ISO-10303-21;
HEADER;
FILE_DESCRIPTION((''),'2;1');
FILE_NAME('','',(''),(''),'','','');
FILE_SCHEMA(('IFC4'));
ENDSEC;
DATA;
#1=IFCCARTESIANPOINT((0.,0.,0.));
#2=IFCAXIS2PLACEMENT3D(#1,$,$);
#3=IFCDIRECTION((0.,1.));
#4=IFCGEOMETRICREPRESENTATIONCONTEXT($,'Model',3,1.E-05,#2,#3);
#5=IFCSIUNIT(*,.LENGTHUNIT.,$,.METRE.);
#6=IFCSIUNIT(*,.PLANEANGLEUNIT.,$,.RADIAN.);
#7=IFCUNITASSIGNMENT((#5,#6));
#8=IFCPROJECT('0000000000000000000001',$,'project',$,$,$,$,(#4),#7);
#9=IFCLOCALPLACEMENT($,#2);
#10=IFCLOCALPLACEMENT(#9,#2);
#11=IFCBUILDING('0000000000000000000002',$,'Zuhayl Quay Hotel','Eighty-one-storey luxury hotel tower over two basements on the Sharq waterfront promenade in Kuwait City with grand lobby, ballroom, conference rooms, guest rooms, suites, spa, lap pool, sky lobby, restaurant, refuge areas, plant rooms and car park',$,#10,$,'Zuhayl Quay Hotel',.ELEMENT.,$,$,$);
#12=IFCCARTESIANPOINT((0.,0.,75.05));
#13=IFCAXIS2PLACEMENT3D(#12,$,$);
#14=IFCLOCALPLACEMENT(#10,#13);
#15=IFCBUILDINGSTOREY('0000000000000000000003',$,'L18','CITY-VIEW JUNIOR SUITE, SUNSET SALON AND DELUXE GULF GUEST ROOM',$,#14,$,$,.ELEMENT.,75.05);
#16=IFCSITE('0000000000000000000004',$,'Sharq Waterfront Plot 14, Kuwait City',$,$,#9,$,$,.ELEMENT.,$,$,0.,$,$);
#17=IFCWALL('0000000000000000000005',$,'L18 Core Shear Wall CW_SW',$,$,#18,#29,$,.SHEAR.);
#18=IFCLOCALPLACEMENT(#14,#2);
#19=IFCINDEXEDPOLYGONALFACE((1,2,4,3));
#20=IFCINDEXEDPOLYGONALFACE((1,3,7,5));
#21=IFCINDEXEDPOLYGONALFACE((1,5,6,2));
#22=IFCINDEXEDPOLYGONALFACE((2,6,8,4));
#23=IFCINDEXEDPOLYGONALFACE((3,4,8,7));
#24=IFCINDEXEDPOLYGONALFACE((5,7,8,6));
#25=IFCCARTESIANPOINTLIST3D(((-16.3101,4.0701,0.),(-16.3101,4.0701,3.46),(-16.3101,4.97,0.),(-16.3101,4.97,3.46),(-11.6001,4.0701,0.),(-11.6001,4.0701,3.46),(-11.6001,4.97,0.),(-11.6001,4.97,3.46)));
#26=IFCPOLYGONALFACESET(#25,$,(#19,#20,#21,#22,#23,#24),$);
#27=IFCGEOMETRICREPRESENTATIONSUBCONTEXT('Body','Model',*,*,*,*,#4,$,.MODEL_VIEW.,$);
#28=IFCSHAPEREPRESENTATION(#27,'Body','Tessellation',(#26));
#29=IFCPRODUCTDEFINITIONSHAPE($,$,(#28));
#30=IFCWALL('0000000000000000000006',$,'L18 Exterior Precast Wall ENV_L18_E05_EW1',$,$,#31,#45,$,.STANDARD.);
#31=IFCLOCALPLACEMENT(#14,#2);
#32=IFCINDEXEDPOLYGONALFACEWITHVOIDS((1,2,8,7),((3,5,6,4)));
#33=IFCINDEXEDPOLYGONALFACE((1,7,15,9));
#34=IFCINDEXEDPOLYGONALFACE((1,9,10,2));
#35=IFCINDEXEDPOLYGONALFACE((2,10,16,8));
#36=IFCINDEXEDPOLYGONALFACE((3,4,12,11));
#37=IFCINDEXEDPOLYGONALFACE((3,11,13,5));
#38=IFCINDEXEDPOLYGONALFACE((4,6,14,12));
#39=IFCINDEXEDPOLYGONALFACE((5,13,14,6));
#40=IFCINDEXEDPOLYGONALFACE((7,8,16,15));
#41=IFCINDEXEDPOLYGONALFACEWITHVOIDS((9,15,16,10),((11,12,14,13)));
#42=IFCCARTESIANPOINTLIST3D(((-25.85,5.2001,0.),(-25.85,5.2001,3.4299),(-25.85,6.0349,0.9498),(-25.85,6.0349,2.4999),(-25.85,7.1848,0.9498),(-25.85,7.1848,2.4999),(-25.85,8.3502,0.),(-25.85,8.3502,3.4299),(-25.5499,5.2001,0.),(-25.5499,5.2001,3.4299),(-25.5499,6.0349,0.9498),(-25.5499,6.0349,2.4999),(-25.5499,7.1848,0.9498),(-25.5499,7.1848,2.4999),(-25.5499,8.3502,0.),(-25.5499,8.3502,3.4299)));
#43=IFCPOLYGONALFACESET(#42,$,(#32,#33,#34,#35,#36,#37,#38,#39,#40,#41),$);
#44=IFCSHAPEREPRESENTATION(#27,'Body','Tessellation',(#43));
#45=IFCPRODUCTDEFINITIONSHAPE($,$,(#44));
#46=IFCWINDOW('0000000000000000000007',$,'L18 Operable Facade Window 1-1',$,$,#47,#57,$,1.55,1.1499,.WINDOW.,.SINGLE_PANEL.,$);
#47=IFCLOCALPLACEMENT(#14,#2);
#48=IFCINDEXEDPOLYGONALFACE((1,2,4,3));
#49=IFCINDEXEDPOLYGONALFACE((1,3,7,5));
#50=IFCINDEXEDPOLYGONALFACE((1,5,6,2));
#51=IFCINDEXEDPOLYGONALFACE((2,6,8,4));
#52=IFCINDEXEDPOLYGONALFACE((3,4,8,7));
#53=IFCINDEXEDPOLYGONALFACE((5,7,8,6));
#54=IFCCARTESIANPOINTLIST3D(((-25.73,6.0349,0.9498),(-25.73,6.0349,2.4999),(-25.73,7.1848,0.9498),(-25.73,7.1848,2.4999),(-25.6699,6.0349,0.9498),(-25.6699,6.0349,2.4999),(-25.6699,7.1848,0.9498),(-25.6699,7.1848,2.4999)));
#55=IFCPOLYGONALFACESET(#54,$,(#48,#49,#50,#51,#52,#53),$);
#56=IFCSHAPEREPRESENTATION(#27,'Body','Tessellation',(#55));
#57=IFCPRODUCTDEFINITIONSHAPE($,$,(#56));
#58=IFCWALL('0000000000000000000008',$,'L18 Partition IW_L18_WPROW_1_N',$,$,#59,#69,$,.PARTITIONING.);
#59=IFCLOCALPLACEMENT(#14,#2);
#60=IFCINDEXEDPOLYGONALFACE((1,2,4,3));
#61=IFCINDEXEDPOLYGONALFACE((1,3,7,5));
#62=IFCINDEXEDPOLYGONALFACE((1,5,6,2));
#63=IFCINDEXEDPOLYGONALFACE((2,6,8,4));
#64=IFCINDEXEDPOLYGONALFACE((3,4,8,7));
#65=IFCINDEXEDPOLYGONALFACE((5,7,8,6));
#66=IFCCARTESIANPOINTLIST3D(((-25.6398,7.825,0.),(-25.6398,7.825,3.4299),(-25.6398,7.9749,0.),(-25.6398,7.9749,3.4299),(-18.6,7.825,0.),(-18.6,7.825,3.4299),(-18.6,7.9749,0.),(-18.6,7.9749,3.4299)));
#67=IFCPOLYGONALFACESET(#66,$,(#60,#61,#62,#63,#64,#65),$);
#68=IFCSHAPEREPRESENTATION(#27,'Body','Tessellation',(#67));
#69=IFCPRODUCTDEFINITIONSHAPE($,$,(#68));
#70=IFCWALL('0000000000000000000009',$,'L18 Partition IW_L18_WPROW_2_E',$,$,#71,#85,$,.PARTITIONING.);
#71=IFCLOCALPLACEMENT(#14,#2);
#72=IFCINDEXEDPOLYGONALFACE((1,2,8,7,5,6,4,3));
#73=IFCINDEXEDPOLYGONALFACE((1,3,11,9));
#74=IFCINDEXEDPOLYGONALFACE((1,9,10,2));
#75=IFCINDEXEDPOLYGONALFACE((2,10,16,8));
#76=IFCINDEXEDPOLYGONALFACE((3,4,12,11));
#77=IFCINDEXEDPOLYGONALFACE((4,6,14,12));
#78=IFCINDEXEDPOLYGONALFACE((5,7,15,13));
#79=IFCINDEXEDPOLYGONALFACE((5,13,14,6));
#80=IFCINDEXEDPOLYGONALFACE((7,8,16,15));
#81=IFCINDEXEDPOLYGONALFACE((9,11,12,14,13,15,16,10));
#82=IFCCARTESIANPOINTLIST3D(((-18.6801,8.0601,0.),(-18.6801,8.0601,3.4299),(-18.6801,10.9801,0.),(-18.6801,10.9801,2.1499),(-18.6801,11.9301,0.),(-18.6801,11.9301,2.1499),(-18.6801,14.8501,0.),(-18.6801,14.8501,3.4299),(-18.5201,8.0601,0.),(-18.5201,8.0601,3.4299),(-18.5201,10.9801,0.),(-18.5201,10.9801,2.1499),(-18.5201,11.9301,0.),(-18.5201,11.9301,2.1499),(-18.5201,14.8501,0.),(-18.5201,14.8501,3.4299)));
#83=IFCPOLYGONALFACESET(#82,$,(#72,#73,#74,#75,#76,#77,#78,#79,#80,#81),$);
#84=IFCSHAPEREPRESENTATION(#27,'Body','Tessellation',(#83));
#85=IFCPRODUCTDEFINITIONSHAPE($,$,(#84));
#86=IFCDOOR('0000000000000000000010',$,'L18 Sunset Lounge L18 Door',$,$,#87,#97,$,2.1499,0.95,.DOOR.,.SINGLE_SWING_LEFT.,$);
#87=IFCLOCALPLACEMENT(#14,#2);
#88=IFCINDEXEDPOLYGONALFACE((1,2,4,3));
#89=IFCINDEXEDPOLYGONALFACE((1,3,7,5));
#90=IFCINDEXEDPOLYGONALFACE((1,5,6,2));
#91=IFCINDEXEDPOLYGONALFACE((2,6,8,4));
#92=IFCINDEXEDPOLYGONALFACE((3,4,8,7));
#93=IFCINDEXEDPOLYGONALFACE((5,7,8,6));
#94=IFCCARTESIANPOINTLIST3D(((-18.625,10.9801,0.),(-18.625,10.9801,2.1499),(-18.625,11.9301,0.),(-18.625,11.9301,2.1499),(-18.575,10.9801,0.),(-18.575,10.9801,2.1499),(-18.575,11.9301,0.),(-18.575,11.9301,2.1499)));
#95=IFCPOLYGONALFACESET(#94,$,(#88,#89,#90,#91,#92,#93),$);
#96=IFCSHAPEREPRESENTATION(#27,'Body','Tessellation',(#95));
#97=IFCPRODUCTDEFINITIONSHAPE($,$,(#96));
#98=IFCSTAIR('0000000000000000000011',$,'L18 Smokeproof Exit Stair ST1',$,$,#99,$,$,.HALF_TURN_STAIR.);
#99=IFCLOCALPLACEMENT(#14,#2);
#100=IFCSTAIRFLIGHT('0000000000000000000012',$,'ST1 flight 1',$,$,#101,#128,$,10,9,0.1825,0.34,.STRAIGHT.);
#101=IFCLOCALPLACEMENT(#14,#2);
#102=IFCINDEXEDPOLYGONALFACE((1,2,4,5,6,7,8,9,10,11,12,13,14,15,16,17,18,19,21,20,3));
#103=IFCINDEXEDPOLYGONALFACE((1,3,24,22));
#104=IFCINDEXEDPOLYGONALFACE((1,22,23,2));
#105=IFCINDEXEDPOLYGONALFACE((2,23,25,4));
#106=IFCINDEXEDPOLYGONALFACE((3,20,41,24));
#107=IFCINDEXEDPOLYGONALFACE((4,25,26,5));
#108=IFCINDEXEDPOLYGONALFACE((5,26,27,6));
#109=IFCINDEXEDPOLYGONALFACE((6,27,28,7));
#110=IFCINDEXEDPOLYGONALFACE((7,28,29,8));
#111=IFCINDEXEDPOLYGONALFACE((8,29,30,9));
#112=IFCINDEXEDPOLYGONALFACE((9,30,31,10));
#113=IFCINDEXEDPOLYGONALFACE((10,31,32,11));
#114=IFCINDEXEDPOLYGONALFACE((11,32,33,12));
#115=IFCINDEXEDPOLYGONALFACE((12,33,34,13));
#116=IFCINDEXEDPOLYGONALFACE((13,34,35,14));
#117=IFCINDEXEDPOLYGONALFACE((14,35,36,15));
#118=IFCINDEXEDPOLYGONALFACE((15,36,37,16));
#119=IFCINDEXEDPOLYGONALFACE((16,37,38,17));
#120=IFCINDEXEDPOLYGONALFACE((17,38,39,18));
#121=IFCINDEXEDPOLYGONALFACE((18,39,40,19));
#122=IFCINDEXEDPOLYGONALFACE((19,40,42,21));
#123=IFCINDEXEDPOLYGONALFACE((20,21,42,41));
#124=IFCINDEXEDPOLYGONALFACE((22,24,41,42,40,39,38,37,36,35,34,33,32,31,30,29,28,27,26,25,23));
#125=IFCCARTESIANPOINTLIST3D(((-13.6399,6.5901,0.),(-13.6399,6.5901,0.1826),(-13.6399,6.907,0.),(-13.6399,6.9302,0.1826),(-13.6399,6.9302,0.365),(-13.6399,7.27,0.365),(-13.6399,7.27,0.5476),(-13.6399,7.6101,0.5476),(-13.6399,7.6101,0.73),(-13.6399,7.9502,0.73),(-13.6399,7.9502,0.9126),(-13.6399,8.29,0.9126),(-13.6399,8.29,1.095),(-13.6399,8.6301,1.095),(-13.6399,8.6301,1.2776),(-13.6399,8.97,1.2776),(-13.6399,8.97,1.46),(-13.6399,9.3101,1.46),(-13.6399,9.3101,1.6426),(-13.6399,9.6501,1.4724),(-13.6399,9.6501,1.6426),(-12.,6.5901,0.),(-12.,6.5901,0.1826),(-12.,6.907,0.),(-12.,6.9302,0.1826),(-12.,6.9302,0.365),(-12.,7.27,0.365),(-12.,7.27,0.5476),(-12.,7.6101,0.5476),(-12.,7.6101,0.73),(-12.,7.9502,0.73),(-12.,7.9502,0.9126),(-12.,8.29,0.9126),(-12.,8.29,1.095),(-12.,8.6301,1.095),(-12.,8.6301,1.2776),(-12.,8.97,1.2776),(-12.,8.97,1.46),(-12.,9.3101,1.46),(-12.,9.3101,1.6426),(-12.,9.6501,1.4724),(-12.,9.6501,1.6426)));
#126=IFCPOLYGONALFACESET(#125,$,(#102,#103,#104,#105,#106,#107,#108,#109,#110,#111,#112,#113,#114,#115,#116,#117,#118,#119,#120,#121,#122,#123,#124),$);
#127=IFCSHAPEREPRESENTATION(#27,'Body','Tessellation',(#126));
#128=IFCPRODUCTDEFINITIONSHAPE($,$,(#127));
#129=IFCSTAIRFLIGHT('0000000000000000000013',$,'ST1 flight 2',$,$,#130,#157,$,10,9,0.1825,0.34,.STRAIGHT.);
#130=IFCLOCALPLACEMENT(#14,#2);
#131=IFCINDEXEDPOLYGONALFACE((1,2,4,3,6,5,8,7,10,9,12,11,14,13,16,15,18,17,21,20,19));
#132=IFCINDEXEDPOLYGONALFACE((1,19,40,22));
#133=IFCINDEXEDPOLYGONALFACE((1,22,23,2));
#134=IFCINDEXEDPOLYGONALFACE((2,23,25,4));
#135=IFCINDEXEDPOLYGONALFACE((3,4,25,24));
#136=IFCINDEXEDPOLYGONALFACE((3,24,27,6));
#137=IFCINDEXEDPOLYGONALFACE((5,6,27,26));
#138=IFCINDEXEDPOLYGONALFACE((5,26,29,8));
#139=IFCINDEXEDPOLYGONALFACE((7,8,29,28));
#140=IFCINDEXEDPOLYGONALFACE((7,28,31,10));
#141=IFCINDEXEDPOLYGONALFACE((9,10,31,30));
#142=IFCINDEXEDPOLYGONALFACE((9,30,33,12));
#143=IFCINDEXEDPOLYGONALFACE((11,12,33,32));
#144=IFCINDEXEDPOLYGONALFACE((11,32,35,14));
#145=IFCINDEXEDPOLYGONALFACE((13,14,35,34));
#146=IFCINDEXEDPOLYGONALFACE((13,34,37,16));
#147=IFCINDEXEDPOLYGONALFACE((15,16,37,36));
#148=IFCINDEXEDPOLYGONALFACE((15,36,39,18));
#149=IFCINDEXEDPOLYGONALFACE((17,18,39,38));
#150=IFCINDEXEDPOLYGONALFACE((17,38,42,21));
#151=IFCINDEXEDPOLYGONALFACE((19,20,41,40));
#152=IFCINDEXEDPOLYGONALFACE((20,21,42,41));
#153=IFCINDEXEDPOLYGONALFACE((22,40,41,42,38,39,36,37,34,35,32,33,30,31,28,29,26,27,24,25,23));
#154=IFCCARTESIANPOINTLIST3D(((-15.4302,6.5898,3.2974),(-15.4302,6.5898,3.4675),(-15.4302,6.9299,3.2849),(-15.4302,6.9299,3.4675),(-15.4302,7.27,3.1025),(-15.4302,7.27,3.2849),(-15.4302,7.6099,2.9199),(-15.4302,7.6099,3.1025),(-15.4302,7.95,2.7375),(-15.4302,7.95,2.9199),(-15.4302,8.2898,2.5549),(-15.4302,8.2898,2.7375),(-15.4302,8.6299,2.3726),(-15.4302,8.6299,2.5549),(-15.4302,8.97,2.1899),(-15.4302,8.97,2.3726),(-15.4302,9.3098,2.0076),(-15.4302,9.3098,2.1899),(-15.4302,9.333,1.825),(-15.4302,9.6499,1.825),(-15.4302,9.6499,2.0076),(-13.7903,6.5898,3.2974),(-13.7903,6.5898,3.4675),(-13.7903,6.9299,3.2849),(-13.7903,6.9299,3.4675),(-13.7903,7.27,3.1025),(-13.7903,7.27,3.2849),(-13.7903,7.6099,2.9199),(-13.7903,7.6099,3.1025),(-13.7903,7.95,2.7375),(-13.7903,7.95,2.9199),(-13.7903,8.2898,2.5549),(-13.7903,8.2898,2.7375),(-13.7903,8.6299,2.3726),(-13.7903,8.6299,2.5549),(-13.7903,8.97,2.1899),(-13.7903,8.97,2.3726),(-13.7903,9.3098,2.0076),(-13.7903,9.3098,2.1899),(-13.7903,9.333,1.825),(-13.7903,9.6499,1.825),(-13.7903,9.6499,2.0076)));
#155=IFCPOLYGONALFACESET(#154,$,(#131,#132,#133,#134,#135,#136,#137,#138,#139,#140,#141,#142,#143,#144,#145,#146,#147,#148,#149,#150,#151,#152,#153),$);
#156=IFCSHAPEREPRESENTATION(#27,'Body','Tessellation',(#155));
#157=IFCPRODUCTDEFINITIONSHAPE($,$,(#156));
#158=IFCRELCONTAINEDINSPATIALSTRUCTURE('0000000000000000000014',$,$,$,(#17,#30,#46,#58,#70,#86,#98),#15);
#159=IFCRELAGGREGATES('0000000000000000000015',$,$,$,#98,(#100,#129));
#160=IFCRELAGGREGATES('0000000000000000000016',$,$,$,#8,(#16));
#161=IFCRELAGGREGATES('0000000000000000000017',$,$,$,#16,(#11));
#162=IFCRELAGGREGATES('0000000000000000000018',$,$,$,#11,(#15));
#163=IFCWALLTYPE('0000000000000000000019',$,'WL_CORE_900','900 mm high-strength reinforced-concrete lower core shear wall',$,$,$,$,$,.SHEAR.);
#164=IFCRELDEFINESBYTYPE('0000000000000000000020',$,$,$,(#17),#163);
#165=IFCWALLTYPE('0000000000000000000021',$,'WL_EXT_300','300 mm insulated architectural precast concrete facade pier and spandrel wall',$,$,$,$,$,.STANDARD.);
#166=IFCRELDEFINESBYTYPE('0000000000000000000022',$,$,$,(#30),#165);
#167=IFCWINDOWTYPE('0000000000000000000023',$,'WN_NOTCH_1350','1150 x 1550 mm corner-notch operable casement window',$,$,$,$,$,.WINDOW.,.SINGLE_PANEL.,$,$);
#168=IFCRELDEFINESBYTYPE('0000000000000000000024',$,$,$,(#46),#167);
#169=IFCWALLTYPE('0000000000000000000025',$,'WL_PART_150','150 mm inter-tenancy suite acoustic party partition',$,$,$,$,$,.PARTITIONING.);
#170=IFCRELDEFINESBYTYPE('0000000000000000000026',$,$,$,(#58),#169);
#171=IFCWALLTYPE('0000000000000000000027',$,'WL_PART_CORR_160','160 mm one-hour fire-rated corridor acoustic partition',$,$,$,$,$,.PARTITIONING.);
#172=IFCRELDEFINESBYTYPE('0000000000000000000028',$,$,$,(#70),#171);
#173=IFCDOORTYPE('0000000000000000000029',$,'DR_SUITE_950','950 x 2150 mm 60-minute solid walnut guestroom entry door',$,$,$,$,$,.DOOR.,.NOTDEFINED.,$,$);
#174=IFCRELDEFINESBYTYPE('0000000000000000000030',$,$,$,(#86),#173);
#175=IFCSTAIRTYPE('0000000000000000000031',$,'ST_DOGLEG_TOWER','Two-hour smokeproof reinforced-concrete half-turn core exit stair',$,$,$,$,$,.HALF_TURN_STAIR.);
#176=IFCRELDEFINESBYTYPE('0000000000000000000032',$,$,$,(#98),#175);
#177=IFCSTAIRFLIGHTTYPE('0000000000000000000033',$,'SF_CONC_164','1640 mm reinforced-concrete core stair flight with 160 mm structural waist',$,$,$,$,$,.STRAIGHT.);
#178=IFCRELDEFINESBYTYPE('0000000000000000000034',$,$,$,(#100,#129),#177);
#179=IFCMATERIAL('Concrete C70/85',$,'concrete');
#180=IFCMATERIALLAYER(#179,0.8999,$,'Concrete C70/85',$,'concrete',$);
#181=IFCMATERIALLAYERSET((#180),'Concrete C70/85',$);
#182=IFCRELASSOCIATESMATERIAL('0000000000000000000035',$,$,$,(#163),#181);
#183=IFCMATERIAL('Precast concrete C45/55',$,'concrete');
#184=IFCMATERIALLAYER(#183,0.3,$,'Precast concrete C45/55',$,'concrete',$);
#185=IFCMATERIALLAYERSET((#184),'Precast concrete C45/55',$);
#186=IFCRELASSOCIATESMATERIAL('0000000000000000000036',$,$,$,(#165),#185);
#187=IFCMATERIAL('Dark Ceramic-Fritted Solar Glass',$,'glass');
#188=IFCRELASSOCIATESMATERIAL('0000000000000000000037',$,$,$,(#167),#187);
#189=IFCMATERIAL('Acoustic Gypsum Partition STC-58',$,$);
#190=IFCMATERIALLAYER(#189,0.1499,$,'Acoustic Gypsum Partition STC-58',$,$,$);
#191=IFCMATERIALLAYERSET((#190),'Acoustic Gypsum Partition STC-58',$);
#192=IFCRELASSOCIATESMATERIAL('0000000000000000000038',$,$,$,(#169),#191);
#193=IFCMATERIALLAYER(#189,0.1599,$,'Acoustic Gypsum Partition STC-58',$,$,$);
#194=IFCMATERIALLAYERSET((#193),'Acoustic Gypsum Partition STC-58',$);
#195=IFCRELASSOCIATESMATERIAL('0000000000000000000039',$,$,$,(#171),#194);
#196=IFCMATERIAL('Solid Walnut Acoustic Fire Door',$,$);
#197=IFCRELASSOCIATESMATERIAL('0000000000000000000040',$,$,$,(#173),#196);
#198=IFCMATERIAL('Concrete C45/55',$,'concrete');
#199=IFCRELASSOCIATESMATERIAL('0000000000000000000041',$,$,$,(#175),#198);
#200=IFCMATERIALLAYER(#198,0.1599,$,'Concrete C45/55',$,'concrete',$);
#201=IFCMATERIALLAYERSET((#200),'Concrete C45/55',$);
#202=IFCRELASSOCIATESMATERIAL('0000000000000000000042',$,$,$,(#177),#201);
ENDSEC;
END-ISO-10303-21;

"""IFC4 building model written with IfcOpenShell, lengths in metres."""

from ifc_helpers import new_model, si_unit, direction, frame, frame_2d, origin, place, context, subcontext, project, spatial, polyline, rectangle, outline, extrude, material, layer, layer_set, type_object, element, fill, aggregate, save


model = new_model("IFC4")

# Units and contexts
model_context = context("Model", 3, precision=1e-05, world=origin(), true_north=direction((0.0, 1.0)))
body_context = subcontext(model_context, "Body", "Model", "MODEL_VIEW")
ifc_project = project(units=[si_unit("LENGTHUNIT", "METRE"), si_unit("PLANEANGLEUNIT", "RADIAN")], contexts=[model_context])

# Site, building, storey
site_placement = place(None, origin())
site = spatial("IfcSite", under=ifc_project, at=site_placement, Name="Sharq Waterfront Plot 14, Kuwait City", CompositionType="ELEMENT", RefElevation=0.0)
building_placement = place(site_placement, origin())
building = spatial("IfcBuilding", under=site, at=building_placement, Name="Zuhayl Quay Hotel", Description="Eighty-one-storey luxury hotel tower over two basements on the Sharq waterfront promenade in Kuwait City with grand lobby, ballroom, conference rooms, guest rooms, suites, spa, lap pool, sky lobby, restaurant, refuge areas, plant rooms and car park", LongName="Zuhayl Quay Hotel", CompositionType="ELEMENT")
storey_placement = place(building_placement, frame((0.0, 0.0, 75.05)))
storey = spatial("IfcBuildingStorey", under=building, at=storey_placement, Name="L18", Description="CITY-VIEW JUNIOR SUITE, SUNSET SALON AND DELUXE GULF GUEST ROOM", CompositionType="ELEMENT", Elevation=75.05)

# Shared definitions
ifc_material_1 = material(Name="Concrete C70/85", Category="concrete")

# Shared definitions
ifc_material_2 = material(Name="Dark Ceramic-Fritted Solar Glass", Category="glass")

# Wall
ifc_layer_1 = layer(ifc_material_1, 0.8999, Name="Concrete C70/85", Category="concrete")
ifc_layer_set_1 = layer_set([ifc_layer_1], Name="Concrete C70/85")
wall_type_1 = type_object("IfcWallType", Name="WL_CORE_900", Description="900 mm high-strength reinforced-concrete lower core shear wall", PredefinedType="SHEAR", material=ifc_layer_set_1)
wall_1_placement = place(storey_placement, frame((-16.3101, 4.52, 0.0), z_axis=(0.0, 0.0, 1.0), x_axis=(1.0, 0.0, 0.0)))
element("IfcWall", 1, at=wall_1_placement, inside=storey, type_object=wall_type_1, Name="L18 Core Shear Wall CW_SW", PredefinedType="SHEAR", context=body_context, shape_type="SweptSolid", body=[
    extrude(rectangle(XDim=4.71, YDim=0.8999, at=frame_2d((2.355, 0.0))), origin(), (0.0, 0.0, 1.0), 3.46),
])

# Wall, opening, window
ifc_material_3 = material(Name="Precast concrete C45/55", Category="concrete")
ifc_layer_2 = layer(ifc_material_3, 0.3, Name="Precast concrete C45/55", Category="concrete")
ifc_layer_set_2 = layer_set([ifc_layer_2], Name="Precast concrete C45/55")
wall_type_2 = type_object("IfcWallType", Name="WL_EXT_300", Description="300 mm insulated architectural precast concrete facade pier and spandrel wall", PredefinedType="STANDARD", material=ifc_layer_set_2)
wall_2_placement = place(storey_placement, frame((-25.7, 5.2, 0.0), z_axis=(0.0, 0.0, 1.0), x_axis=(0.0, 1.0, 0.0)))
wall_2 = element("IfcWall", 2, at=wall_2_placement, inside=storey, type_object=wall_type_2, Name="L18 Exterior Precast Wall ENV_L18_E05_EW1", PredefinedType="STANDARD", context=body_context, shape_type="SweptSolid", body=[
    extrude(rectangle(XDim=3.1501, YDim=0.3, at=frame_2d((1.5752, 0.0))), origin(), (0.0, 0.0, 1.0), 3.4299),
])
opening_1_placement = place(wall_2_placement, frame((0.835, 0.0, 0.95)))
opening_1 = element("IfcOpeningElement", 3, at=opening_1_placement, cuts=wall_2, PredefinedType="OPENING", context=body_context, shape_type="SweptSolid", body=[
    extrude(rectangle(XDim=1.1499, YDim=1.55, at=frame_2d((0.575, 0.7749))), frame((0.0, 0.1599, 0.0), z_axis=(0.0, -1.0, 0.0), x_axis=(1.0, 0.0, 0.0)), (0.0, 0.0, 1.0), 0.3201),
])
window_type = type_object("IfcWindowType", Name="WN_NOTCH_1350", Description="1150 x 1550 mm corner-notch operable casement window", PartitioningType="SINGLE_PANEL", PredefinedType="WINDOW", material=ifc_material_2)
window_placement = place(opening_1_placement, origin())
window = element("IfcWindow", 4, at=window_placement, inside=storey, type_object=window_type, Name="L18 Operable Facade Window 1-1", OverallHeight=1.55, OverallWidth=1.1499, PartitioningType="SINGLE_PANEL", PredefinedType="WINDOW", context=body_context, shape_type="SweptSolid", body=[
    extrude(rectangle(XDim=1.1499, YDim=1.55, at=frame_2d((0.575, 0.7749))), frame((0.0, 0.03, 0.0), z_axis=(0.0, -1.0, 0.0), x_axis=(1.0, 0.0, 0.0)), (0.0, 0.0, 1.0), 0.0601),
])
fill(opening_1, window)

# Wall
ifc_material_4 = material(Name="Acoustic Gypsum Partition STC-58")
ifc_layer_3 = layer(ifc_material_4, 0.1499, Name="Acoustic Gypsum Partition STC-58")
ifc_layer_set_3 = layer_set([ifc_layer_3], Name="Acoustic Gypsum Partition STC-58")
wall_type_3 = type_object("IfcWallType", Name="WL_PART_150", Description="150 mm inter-tenancy suite acoustic party partition", PredefinedType="PARTITIONING", material=ifc_layer_set_3)
wall_3_placement = place(storey_placement, frame((-25.6399, 7.8999, 0.0), z_axis=(0.0, 0.0, 1.0), x_axis=(1.0, 0.0, 0.0)))
element("IfcWall", 5, at=wall_3_placement, inside=storey, type_object=wall_type_3, Name="L18 Partition IW_L18_WPROW_1_N", PredefinedType="PARTITIONING", context=body_context, shape_type="SweptSolid", body=[
    extrude(rectangle(XDim=7.0398, YDim=0.1499, at=frame_2d((3.52, 0.0))), origin(), (0.0, 0.0, 1.0), 3.4299),
])

# Wall, opening, door
ifc_layer_4 = layer(ifc_material_4, 0.1599, Name="Acoustic Gypsum Partition STC-58")
ifc_layer_set_4 = layer_set([ifc_layer_4], Name="Acoustic Gypsum Partition STC-58")
wall_type_4 = type_object("IfcWallType", Name="WL_PART_CORR_160", Description="160 mm one-hour fire-rated corridor acoustic partition", PredefinedType="PARTITIONING", material=ifc_layer_set_4)
wall_4_placement = place(storey_placement, frame((-18.6001, 8.0601, 0.0), z_axis=(0.0, 0.0, 1.0), x_axis=(0.0, 1.0, 0.0)))
wall_4 = element("IfcWall", 6, at=wall_4_placement, inside=storey, type_object=wall_type_4, Name="L18 Partition IW_L18_WPROW_2_E", PredefinedType="PARTITIONING", context=body_context, shape_type="SweptSolid", body=[
    extrude(rectangle(XDim=6.79, YDim=0.1599, at=frame_2d((3.395, 0.0))), origin(), (0.0, 0.0, 1.0), 3.4299),
])
opening_2_placement = place(wall_4_placement, frame((2.9199, 0.0, 0.0)))
opening_2 = element("IfcOpeningElement", 7, at=opening_2_placement, cuts=wall_4, PredefinedType="OPENING", context=body_context, shape_type="SweptSolid", body=[
    extrude(rectangle(XDim=0.95, YDim=2.1499, at=frame_2d((0.4751, 1.075))), frame((0.0, 0.0898, 0.0), z_axis=(0.0, -1.0, 0.0), x_axis=(1.0, 0.0, 0.0)), (0.0, 0.0, 1.0), 0.1799),
])
ifc_material_5 = material(Name="Solid Walnut Acoustic Fire Door")
door_type = type_object("IfcDoorType", Name="DR_SUITE_950", Description="950 x 2150 mm 60-minute solid walnut guestroom entry door", OperationType="NOTDEFINED", PredefinedType="DOOR", material=ifc_material_5)
door_placement = place(opening_2_placement, origin())
door = element("IfcDoor", 8, at=door_placement, inside=storey, type_object=door_type, Name="L18 Sunset Lounge L18 Door", OperationType="SINGLE_SWING_LEFT", OverallHeight=2.1499, OverallWidth=0.95, PredefinedType="DOOR", context=body_context, shape_type="SweptSolid", body=[
    extrude(rectangle(XDim=0.95, YDim=2.1499, at=frame_2d((0.4751, 1.075))), frame((0.0, 0.0249, 0.0), z_axis=(0.0, -1.0, 0.0), x_axis=(1.0, 0.0, 0.0)), (0.0, 0.0, 1.0), 0.05),
])
fill(opening_2, door)

# Stair, stair flights
ifc_material_6 = material(Name="Concrete C45/55", Category="concrete")
stair_type = type_object("IfcStairType", Name="ST_DOGLEG_TOWER", Description="Two-hour smokeproof reinforced-concrete half-turn core exit stair", PredefinedType="HALF_TURN_STAIR", material=ifc_material_6)
stair_placement = place(storey_placement, origin())
stair = element("IfcStair", 9, at=stair_placement, inside=storey, type_object=stair_type, Name="L18 Smokeproof Exit Stair ST1", PredefinedType="HALF_TURN_STAIR")
ifc_layer_5 = layer(ifc_material_6, 0.1599, Name="Concrete C45/55", Category="concrete")
ifc_layer_set_5 = layer_set([ifc_layer_5], Name="Concrete C45/55")
stair_flight_type = type_object("IfcStairFlightType", Name="SF_CONC_164", Description="1640 mm reinforced-concrete core stair flight with 160 mm structural waist", PredefinedType="STRAIGHT", material=ifc_layer_set_5)
stair_flight_1_placement = place(storey_placement, frame((-12.8201, 6.5901, 0.0), z_axis=(0.0, 0.0, 1.0), x_axis=(0.0, 1.0, 0.0)))
stair_flight_1 = element("IfcStairFlight", 10, at=stair_flight_1_placement, type_object=stair_flight_type, Name="ST1 flight 1", NumberOfRisers=10, NumberOfTreads=9, PredefinedType="STRAIGHT", RiserHeight=0.1825, TreadLength=0.34, context=body_context, shape_type="SweptSolid", body=[
    extrude(outline(polyline([(0.0, 0.0), (0.0, 0.1826), (0.3401, 0.1826), (0.3401, 0.365), (0.6799, 0.365), (0.6799, 0.5476), (1.02, 0.5476), (1.02, 0.73), (1.3601, 0.73), (1.3601, 0.9126), (1.7, 0.9126), (1.7, 1.095), (2.04, 1.095), (2.04, 1.2776), (2.3799, 1.2776), (2.3799, 1.46), (2.72, 1.46), (2.72, 1.6426), (3.0601, 1.6426), (3.0601, 1.825), (3.0601, 1.4724), (0.3169, 0.0), (0.0, 0.0)])), frame((0.0, 0.8198, 0.0), z_axis=(0.0, -1.0, 0.0), x_axis=(1.0, 0.0, 0.0)), (0.0, 0.0, 1.0), 1.6399),
])
stair_flight_2_placement = place(storey_placement, frame((-14.6101, 9.6499, 1.825), z_axis=(0.0, 0.0, 1.0), x_axis=(0.0, -1.0, 0.0)))
stair_flight_2 = element("IfcStairFlight", 11, at=stair_flight_2_placement, type_object=stair_flight_type, Name="ST1 flight 2", NumberOfRisers=10, NumberOfTreads=9, PredefinedType="STRAIGHT", RiserHeight=0.1825, TreadLength=0.34, context=body_context, shape_type="SweptSolid", body=[
    extrude(outline(polyline([(0.0, 0.0), (0.0, 0.1826), (0.3401, 0.1826), (0.3401, 0.365), (0.6799, 0.365), (0.6799, 0.5476), (1.02, 0.5476), (1.02, 0.73), (1.3601, 0.73), (1.3601, 0.9126), (1.7, 0.9126), (1.7, 1.095), (2.04, 1.095), (2.04, 1.2776), (2.3799, 1.2776), (2.3799, 1.46), (2.72, 1.46), (2.72, 1.6426), (3.0601, 1.6426), (3.0601, 1.825), (3.0601, 1.4724), (0.3169, 0.0), (0.0, 0.0)])), frame((0.0, 0.8198, 0.0), z_axis=(0.0, -1.0, 0.0), x_axis=(1.0, 0.0, 0.0)), (0.0, 0.0, 1.0), 1.6399),
])
aggregate(stair, [stair_flight_1, stair_flight_2])

save(model, "model.ifc")
